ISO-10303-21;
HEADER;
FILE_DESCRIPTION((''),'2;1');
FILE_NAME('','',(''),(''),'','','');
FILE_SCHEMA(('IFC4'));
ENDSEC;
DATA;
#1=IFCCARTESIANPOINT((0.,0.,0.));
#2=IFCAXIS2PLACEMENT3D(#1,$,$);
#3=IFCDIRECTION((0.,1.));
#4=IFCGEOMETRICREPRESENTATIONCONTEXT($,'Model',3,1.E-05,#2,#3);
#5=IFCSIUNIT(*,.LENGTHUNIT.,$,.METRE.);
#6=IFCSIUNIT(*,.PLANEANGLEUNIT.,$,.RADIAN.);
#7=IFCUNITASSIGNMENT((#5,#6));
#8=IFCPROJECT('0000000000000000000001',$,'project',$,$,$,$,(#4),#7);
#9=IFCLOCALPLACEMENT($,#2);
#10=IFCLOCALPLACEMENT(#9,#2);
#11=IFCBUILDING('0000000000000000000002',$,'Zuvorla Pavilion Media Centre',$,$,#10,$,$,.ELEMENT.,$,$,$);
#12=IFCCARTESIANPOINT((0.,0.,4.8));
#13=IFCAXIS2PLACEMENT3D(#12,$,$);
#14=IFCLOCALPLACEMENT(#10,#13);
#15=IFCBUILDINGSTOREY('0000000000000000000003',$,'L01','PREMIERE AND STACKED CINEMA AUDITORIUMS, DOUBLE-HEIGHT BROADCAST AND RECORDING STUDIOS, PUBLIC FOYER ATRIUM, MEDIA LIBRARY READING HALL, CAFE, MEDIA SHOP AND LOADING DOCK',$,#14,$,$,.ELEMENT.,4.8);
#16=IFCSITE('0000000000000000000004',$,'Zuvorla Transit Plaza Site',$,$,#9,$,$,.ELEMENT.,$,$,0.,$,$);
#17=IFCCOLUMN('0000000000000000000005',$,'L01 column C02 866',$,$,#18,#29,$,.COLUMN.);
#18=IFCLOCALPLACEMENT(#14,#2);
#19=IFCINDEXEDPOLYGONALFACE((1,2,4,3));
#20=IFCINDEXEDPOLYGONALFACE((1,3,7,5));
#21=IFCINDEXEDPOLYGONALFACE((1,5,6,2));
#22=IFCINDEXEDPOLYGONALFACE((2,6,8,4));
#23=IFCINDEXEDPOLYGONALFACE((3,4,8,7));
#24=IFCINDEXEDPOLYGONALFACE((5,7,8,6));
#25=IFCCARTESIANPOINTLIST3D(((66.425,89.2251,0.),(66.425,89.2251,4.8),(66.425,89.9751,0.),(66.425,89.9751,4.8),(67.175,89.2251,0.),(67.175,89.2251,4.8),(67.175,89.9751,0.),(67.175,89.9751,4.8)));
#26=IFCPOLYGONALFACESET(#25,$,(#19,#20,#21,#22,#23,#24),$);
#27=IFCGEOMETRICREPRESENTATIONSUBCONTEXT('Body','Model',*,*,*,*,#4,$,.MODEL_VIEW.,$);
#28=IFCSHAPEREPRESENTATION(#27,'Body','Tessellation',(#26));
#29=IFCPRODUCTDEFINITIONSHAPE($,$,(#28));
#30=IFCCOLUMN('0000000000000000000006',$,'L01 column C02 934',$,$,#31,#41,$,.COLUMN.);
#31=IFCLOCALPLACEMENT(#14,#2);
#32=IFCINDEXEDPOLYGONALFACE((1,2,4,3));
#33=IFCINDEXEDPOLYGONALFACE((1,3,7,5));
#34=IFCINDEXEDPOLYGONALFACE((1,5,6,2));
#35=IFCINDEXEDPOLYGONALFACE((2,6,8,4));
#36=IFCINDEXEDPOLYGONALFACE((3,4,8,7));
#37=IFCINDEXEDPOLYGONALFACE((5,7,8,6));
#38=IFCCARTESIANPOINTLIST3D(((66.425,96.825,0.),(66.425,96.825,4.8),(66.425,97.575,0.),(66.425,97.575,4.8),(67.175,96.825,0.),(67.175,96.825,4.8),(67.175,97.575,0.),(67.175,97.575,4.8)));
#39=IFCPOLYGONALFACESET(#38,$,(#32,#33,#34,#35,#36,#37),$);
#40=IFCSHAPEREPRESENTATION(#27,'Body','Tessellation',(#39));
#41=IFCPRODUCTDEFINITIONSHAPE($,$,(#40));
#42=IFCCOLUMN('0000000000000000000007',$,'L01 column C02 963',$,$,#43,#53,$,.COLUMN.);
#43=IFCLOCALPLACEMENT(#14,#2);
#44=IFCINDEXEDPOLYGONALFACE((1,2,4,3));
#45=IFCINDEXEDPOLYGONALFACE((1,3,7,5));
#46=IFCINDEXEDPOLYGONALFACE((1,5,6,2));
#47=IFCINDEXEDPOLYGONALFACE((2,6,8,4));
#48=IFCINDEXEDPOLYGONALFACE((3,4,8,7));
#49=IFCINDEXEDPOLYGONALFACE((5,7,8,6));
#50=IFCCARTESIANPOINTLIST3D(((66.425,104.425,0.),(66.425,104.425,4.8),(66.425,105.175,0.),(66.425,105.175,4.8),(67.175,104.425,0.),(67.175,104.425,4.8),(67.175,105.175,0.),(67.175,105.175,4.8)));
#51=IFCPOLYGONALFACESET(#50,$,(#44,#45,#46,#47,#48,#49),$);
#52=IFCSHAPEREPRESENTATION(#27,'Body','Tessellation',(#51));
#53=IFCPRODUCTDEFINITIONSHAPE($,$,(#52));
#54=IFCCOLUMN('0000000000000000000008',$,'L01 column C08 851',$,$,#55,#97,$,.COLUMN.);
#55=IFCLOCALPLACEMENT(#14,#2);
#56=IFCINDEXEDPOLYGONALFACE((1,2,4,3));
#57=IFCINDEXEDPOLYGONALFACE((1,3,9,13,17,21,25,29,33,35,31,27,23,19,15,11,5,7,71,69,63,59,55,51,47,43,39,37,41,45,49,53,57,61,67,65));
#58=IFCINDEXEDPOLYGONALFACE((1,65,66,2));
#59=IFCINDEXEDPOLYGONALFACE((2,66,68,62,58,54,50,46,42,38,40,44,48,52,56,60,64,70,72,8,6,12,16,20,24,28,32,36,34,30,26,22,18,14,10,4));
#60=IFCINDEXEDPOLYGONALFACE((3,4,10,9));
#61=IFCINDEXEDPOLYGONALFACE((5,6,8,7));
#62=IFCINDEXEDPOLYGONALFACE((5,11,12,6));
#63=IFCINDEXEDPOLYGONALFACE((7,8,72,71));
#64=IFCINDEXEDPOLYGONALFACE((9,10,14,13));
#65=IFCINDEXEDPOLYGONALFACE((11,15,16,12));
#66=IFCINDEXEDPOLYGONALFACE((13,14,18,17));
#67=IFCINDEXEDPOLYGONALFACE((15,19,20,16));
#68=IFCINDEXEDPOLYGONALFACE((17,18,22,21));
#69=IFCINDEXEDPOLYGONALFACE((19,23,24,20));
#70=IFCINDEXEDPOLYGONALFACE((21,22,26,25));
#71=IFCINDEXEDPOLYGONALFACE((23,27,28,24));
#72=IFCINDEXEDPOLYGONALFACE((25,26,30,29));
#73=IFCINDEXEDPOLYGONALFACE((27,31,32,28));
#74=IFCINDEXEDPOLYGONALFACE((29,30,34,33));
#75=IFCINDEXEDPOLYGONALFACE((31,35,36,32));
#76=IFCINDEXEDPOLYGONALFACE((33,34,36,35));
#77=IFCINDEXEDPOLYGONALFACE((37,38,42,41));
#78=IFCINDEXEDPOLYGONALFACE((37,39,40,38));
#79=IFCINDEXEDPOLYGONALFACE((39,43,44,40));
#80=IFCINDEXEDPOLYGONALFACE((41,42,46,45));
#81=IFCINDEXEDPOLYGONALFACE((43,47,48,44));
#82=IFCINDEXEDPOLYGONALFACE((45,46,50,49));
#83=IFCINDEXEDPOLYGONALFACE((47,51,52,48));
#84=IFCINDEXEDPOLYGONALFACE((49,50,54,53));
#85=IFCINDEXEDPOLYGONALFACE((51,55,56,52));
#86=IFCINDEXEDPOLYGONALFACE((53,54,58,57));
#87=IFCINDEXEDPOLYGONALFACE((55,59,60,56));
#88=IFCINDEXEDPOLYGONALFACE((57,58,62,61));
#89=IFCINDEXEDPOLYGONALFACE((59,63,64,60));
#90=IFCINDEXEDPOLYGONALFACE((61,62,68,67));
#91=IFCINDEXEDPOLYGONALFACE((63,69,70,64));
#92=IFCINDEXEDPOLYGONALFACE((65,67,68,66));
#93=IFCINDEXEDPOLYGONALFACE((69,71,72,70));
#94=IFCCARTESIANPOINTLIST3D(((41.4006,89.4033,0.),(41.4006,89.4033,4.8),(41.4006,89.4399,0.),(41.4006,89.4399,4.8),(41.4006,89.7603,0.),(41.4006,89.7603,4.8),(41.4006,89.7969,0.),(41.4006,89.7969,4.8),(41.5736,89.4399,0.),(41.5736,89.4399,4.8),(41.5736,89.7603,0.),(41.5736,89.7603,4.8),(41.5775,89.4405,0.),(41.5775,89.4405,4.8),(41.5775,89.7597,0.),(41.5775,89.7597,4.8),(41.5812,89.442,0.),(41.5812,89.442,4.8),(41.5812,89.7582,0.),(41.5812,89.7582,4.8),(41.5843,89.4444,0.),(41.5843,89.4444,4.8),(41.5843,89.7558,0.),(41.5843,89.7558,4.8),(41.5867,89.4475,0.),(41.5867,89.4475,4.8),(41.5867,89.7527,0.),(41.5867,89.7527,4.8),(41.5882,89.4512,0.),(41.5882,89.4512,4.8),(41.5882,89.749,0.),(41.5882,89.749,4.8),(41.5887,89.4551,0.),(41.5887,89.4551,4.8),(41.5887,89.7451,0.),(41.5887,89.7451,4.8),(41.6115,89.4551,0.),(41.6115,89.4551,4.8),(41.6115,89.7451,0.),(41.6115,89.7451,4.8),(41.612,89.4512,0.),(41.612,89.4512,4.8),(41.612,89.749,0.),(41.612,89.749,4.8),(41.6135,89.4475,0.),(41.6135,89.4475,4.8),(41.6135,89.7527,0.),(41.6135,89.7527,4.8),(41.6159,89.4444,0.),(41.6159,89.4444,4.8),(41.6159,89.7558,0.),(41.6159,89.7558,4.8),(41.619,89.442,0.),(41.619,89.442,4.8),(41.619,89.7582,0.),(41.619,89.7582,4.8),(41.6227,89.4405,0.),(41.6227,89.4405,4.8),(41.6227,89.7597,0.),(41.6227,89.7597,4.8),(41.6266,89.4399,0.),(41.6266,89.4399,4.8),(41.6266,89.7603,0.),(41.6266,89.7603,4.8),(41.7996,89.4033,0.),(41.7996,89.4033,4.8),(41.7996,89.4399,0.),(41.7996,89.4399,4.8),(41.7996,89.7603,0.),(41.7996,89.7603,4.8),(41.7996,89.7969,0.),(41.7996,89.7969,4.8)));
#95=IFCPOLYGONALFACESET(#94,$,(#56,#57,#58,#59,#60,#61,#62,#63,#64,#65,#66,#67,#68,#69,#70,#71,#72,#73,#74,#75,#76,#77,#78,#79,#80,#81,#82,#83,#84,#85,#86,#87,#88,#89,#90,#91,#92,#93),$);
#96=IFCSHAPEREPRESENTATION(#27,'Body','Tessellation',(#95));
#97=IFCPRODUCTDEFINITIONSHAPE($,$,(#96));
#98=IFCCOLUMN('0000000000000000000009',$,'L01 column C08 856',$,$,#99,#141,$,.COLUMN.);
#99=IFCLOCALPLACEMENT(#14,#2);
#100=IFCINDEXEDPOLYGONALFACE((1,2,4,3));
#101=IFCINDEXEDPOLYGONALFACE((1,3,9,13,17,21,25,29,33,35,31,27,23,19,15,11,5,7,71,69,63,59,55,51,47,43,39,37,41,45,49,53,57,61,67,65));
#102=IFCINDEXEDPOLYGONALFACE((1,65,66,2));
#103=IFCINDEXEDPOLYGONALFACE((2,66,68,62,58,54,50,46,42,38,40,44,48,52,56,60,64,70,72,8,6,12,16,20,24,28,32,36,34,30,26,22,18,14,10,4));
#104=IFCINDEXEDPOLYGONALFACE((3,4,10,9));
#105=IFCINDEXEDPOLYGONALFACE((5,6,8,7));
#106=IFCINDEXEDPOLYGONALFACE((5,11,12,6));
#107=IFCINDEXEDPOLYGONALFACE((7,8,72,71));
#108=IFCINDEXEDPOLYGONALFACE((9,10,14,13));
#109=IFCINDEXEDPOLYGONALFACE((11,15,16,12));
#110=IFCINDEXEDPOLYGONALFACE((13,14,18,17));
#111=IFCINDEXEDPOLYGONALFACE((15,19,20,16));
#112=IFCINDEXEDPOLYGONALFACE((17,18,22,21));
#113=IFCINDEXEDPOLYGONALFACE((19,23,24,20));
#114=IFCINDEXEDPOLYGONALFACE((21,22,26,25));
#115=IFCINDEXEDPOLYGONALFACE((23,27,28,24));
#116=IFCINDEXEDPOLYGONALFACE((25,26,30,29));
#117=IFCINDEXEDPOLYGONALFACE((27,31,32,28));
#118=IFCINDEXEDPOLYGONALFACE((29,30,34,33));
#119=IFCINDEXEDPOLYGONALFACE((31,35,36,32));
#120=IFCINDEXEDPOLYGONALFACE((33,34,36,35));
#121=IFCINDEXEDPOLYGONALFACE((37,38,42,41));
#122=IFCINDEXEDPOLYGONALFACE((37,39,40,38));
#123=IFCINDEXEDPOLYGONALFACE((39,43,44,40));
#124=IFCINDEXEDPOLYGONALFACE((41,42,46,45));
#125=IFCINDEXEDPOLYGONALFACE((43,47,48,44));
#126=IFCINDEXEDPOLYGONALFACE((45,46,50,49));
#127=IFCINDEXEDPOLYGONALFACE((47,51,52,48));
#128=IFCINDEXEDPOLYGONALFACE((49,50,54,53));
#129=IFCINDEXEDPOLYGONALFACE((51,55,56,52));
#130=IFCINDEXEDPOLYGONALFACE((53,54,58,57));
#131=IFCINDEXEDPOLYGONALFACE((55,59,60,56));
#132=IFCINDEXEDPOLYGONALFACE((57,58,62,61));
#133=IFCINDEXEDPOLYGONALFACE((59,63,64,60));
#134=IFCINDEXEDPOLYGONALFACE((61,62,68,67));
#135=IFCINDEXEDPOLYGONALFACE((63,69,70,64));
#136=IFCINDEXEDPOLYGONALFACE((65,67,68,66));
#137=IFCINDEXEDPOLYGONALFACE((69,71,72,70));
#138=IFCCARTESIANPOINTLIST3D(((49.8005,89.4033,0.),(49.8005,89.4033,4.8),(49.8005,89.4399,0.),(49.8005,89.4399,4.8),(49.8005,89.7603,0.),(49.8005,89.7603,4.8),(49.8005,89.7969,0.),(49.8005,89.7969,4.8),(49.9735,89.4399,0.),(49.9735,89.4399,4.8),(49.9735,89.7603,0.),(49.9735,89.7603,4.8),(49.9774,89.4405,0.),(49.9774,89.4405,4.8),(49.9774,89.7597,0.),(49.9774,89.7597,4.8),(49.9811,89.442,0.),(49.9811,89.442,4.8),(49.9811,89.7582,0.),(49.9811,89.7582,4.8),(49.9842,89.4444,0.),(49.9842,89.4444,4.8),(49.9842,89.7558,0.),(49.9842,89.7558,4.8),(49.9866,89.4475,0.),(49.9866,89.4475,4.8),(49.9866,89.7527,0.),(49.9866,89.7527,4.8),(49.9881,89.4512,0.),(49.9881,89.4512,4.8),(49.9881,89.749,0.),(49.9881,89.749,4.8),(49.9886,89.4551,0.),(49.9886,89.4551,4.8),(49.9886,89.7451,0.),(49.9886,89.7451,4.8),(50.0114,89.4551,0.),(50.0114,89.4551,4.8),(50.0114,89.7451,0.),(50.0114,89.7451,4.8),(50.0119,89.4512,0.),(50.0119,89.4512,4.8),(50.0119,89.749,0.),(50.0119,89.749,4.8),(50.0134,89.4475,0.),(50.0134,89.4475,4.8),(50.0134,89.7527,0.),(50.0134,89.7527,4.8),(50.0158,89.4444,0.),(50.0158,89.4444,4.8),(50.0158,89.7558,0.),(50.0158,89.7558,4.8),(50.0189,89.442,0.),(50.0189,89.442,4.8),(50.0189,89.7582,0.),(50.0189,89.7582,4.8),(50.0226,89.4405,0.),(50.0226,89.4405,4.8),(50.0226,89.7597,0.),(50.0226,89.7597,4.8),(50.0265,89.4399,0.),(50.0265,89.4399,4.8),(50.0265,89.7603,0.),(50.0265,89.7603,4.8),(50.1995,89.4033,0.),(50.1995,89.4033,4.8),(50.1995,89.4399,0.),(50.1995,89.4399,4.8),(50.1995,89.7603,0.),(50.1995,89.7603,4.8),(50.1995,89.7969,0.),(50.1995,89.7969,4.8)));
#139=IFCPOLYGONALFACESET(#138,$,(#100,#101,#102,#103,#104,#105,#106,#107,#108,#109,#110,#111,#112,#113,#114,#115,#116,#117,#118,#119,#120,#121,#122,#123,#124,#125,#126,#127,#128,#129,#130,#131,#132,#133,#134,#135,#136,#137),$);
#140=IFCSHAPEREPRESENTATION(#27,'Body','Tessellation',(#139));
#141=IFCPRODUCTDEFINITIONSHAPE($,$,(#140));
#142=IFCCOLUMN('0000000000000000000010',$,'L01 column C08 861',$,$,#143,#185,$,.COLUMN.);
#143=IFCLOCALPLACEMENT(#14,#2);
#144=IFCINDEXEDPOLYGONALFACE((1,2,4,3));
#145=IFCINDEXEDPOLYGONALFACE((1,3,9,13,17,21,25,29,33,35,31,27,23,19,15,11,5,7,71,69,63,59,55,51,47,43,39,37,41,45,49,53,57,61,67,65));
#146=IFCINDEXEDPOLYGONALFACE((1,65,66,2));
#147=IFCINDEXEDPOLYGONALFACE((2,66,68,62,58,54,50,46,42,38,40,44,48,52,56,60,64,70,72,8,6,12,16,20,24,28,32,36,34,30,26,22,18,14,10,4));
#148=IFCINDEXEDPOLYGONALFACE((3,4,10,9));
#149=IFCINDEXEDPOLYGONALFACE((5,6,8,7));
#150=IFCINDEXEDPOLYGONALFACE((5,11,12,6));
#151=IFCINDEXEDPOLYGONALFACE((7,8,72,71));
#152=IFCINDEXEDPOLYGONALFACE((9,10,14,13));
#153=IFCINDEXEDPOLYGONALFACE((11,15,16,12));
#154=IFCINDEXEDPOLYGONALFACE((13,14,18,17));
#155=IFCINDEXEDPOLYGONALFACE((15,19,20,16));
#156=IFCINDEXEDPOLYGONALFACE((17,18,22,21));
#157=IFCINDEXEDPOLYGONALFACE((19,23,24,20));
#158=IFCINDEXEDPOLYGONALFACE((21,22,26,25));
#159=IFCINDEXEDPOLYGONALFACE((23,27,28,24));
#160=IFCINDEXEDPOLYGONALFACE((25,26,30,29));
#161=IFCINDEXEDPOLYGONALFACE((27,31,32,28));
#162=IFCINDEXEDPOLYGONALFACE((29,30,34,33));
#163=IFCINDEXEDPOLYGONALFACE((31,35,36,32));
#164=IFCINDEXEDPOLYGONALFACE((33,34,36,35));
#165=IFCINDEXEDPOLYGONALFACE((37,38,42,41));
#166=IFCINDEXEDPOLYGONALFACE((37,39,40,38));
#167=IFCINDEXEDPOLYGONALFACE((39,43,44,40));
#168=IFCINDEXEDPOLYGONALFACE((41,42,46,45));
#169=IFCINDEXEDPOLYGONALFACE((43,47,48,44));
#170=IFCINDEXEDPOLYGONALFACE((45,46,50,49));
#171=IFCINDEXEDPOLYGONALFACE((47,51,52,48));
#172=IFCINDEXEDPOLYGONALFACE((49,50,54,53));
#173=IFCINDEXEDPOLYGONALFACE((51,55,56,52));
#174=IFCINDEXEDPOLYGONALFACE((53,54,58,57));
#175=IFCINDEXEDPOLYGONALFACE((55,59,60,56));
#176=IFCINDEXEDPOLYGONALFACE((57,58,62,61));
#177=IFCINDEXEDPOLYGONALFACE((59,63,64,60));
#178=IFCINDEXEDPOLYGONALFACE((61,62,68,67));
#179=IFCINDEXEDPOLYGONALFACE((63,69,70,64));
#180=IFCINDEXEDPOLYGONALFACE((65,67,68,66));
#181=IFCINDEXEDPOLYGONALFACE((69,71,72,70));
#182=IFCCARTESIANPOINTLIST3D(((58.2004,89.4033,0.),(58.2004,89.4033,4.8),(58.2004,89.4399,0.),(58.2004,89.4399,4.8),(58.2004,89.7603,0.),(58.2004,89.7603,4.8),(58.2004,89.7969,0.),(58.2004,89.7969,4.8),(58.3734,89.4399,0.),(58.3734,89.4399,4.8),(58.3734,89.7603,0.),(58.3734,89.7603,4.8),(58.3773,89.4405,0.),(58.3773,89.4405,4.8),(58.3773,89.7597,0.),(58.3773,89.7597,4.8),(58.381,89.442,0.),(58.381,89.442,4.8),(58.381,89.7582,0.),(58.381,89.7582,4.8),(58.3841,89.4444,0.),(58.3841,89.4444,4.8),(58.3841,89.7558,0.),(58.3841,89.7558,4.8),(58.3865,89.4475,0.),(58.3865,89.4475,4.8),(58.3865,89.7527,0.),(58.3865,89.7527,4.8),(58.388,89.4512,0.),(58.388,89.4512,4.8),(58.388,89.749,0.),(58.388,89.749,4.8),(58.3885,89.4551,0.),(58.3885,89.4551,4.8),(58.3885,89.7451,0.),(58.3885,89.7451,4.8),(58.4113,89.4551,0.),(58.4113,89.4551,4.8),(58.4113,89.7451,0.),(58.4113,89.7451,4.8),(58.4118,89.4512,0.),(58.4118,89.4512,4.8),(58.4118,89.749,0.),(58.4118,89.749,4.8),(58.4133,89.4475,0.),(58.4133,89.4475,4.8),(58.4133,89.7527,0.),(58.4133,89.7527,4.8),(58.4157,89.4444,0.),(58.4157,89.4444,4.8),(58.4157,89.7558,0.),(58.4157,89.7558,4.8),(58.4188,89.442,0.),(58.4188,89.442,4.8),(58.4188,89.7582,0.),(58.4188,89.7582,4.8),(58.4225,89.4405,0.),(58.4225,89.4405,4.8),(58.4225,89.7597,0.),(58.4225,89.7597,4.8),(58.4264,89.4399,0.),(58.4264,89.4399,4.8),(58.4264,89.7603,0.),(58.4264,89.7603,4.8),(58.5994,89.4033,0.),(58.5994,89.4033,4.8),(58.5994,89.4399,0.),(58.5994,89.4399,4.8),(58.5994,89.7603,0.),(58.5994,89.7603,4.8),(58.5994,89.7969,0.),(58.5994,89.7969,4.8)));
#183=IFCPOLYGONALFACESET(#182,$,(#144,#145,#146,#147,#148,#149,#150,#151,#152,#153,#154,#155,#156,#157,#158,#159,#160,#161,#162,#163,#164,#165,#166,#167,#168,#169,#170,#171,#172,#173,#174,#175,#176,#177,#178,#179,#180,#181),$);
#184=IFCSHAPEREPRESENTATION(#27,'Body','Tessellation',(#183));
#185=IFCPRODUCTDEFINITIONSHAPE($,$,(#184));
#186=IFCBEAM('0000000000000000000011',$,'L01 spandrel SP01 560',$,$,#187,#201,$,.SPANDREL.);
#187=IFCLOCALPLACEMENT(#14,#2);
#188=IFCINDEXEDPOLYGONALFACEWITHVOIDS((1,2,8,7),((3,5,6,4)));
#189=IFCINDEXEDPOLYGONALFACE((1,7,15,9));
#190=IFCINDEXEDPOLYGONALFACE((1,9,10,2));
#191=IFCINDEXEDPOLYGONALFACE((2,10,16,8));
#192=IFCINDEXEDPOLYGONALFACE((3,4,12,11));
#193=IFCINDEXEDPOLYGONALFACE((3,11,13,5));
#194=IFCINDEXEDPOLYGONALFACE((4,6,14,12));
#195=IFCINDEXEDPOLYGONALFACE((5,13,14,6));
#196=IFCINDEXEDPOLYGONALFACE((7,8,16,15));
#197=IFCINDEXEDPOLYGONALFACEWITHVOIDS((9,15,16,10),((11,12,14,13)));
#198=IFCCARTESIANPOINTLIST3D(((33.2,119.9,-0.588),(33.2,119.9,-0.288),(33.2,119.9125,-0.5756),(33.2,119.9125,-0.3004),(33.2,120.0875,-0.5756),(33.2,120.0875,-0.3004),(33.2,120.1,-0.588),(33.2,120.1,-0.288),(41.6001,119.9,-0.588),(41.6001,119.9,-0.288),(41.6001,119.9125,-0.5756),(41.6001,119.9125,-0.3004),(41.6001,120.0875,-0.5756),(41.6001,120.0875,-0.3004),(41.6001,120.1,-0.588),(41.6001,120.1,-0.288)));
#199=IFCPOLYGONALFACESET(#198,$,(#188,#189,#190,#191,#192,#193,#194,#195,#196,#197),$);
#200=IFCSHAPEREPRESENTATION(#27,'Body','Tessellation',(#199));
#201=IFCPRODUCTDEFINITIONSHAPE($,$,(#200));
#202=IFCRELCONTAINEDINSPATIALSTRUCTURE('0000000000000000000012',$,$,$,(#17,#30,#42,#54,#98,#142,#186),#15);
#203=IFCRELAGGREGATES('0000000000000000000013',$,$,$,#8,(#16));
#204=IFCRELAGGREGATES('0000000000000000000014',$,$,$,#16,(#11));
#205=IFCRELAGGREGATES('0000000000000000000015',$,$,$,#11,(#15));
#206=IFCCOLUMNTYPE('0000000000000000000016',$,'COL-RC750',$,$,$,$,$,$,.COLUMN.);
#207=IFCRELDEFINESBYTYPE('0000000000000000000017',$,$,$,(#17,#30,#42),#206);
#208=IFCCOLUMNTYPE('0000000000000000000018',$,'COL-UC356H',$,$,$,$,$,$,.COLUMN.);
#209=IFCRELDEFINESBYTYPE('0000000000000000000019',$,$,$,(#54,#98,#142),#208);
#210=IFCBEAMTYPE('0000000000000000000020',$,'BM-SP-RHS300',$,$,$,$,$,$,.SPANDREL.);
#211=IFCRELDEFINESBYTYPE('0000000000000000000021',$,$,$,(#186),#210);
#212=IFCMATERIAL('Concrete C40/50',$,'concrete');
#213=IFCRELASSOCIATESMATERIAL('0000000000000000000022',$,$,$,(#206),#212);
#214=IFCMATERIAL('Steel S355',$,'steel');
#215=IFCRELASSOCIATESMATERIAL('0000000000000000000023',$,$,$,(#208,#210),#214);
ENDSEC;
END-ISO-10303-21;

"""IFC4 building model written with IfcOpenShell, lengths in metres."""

from ifc_helpers import new_model, si_unit, direction, frame, origin, origin_2d, place, context, subcontext, project, spatial, rectangle, hollow_rectangle, i_section, extrude, material, material_profile, profile_set, type_object, element, save


model = new_model("IFC4")

# Units and contexts
model_context = context("Model", 3, precision=1e-05, world=origin(), true_north=direction((0.0, 1.0)))
body_context = subcontext(model_context, "Body", "Model", "MODEL_VIEW")
ifc_project = project(units=[si_unit("LENGTHUNIT", "METRE"), si_unit("PLANEANGLEUNIT", "RADIAN")], contexts=[model_context])

# Site, building, storey
site_placement = place(None, origin())
site = spatial("IfcSite", under=ifc_project, at=site_placement, Name="Zuvorla Transit Plaza Site", CompositionType="ELEMENT", RefElevation=0.0)
building_placement = place(site_placement, origin())
building = spatial("IfcBuilding", under=site, at=building_placement, Name="Zuvorla Pavilion Media Centre", CompositionType="ELEMENT")
storey_placement = place(building_placement, frame((0.0, 0.0, 4.8)))
storey = spatial("IfcBuildingStorey", under=building, at=storey_placement, Name="L01", Description="PREMIERE AND STACKED CINEMA AUDITORIUMS, DOUBLE-HEIGHT BROADCAST AND RECORDING STUDIOS, PUBLIC FOYER ATRIUM, MEDIA LIBRARY READING HALL, CAFE, MEDIA SHOP AND LOADING DOCK", CompositionType="ELEMENT", Elevation=4.8)

# Columns
ifc_material_1 = material(Name="Concrete C40/50", Category="concrete")
ifc_material_profile_1 = material_profile(ifc_material_1, rectangle(XDim=0.75, YDim=0.75, at=origin_2d()), Name="RC 750x750")
ifc_profile_set_1 = profile_set([ifc_material_profile_1], Name="Concrete C40/50")
column_type_1 = type_object("IfcColumnType", Name="COL-RC750", PredefinedType="COLUMN", material=ifc_profile_set_1)
for number, where, z_axis, x_axis, name in (
    (1, (66.8, 89.6001, 0.0), (0.0, 0.0, 1.0), (1.0, 0.0, 0.0), "L01 column C02 866"),
    (2, (66.8, 97.2, 0.0), (0.0, 0.0, 1.0), (1.0, 0.0, 0.0), "L01 column C02 934"),
    (3, (66.8, 104.8, 0.0), (0.0, 0.0, 1.0), (1.0, 0.0, 0.0), "L01 column C02 963"),
):
    element("IfcColumn", number, at=place(storey_placement, frame(where, z_axis=z_axis, x_axis=x_axis)), inside=storey, type_object=column_type_1, Name=name, PredefinedType="COLUMN", context=body_context, shape_type="SweptSolid", body=[
        extrude(rectangle(XDim=0.75, YDim=0.75, at=origin_2d()), origin(), (0.0, 0.0, 1.0), 4.8),
    ])
ifc_material_2 = material(Name="Steel S355", Category="steel")
ifc_material_profile_2 = material_profile(ifc_material_2, i_section(OverallWidth=0.3989, OverallDepth=0.3936, WebThickness=0.0227, FlangeThickness=0.0366, FilletRadius=0.0151, at=origin_2d()), Name="UC 356x406x287")
ifc_profile_set_2 = profile_set([ifc_material_profile_2], Name="Steel S355")
column_type_2 = type_object("IfcColumnType", Name="COL-UC356H", PredefinedType="COLUMN", material=ifc_profile_set_2)
for number, where, z_axis, x_axis, name in (
    (4, (41.6001, 89.6001, 0.0), (0.0, 0.0, 1.0), (1.0, 0.0, 0.0), "L01 column C08 851"),
    (5, (50.0, 89.6001, 0.0), (0.0, 0.0, 1.0), (1.0, 0.0, 0.0), "L01 column C08 856"),
    (6, (58.3999, 89.6001, 0.0), (0.0, 0.0, 1.0), (1.0, 0.0, 0.0), "L01 column C08 861"),
):
    element("IfcColumn", number, at=place(storey_placement, frame(where, z_axis=z_axis, x_axis=x_axis)), inside=storey, type_object=column_type_2, Name=name, PredefinedType="COLUMN", context=body_context, shape_type="SweptSolid", body=[
        extrude(i_section(OverallWidth=0.3989, OverallDepth=0.3936, WebThickness=0.0227, FlangeThickness=0.0366, FilletRadius=0.0151, at=origin_2d()), origin(), (0.0, 0.0, 1.0), 4.8),
    ])

# Beam
ifc_material_profile_3 = material_profile(ifc_material_2, hollow_rectangle(XDim=0.2, YDim=0.3, WallThickness=0.0125, at=origin_2d()), Name="RHS 300x200x12.5")
ifc_profile_set_3 = profile_set([ifc_material_profile_3], Name="Steel S355")
beam_type_1 = type_object("IfcBeamType", Name="BM-SP-RHS300", PredefinedType="SPANDREL", material=ifc_profile_set_3)
beam_1_placement = place(storey_placement, frame((33.2, 120.0, -0.438), z_axis=(1.0, 0.0, 0.0), x_axis=(0.0, 1.0, 0.0)))
element("IfcBeam", 7, at=beam_1_placement, inside=storey, type_object=beam_type_1, Name="L01 spandrel SP01 560", PredefinedType="SPANDREL", context=body_context, shape_type="SweptSolid", body=[
    extrude(hollow_rectangle(XDim=0.2, YDim=0.3, WallThickness=0.0125, at=origin_2d()), origin(), (0.0, 0.0, 1.0), 8.4001),
])

save(model, "model.ifc")
